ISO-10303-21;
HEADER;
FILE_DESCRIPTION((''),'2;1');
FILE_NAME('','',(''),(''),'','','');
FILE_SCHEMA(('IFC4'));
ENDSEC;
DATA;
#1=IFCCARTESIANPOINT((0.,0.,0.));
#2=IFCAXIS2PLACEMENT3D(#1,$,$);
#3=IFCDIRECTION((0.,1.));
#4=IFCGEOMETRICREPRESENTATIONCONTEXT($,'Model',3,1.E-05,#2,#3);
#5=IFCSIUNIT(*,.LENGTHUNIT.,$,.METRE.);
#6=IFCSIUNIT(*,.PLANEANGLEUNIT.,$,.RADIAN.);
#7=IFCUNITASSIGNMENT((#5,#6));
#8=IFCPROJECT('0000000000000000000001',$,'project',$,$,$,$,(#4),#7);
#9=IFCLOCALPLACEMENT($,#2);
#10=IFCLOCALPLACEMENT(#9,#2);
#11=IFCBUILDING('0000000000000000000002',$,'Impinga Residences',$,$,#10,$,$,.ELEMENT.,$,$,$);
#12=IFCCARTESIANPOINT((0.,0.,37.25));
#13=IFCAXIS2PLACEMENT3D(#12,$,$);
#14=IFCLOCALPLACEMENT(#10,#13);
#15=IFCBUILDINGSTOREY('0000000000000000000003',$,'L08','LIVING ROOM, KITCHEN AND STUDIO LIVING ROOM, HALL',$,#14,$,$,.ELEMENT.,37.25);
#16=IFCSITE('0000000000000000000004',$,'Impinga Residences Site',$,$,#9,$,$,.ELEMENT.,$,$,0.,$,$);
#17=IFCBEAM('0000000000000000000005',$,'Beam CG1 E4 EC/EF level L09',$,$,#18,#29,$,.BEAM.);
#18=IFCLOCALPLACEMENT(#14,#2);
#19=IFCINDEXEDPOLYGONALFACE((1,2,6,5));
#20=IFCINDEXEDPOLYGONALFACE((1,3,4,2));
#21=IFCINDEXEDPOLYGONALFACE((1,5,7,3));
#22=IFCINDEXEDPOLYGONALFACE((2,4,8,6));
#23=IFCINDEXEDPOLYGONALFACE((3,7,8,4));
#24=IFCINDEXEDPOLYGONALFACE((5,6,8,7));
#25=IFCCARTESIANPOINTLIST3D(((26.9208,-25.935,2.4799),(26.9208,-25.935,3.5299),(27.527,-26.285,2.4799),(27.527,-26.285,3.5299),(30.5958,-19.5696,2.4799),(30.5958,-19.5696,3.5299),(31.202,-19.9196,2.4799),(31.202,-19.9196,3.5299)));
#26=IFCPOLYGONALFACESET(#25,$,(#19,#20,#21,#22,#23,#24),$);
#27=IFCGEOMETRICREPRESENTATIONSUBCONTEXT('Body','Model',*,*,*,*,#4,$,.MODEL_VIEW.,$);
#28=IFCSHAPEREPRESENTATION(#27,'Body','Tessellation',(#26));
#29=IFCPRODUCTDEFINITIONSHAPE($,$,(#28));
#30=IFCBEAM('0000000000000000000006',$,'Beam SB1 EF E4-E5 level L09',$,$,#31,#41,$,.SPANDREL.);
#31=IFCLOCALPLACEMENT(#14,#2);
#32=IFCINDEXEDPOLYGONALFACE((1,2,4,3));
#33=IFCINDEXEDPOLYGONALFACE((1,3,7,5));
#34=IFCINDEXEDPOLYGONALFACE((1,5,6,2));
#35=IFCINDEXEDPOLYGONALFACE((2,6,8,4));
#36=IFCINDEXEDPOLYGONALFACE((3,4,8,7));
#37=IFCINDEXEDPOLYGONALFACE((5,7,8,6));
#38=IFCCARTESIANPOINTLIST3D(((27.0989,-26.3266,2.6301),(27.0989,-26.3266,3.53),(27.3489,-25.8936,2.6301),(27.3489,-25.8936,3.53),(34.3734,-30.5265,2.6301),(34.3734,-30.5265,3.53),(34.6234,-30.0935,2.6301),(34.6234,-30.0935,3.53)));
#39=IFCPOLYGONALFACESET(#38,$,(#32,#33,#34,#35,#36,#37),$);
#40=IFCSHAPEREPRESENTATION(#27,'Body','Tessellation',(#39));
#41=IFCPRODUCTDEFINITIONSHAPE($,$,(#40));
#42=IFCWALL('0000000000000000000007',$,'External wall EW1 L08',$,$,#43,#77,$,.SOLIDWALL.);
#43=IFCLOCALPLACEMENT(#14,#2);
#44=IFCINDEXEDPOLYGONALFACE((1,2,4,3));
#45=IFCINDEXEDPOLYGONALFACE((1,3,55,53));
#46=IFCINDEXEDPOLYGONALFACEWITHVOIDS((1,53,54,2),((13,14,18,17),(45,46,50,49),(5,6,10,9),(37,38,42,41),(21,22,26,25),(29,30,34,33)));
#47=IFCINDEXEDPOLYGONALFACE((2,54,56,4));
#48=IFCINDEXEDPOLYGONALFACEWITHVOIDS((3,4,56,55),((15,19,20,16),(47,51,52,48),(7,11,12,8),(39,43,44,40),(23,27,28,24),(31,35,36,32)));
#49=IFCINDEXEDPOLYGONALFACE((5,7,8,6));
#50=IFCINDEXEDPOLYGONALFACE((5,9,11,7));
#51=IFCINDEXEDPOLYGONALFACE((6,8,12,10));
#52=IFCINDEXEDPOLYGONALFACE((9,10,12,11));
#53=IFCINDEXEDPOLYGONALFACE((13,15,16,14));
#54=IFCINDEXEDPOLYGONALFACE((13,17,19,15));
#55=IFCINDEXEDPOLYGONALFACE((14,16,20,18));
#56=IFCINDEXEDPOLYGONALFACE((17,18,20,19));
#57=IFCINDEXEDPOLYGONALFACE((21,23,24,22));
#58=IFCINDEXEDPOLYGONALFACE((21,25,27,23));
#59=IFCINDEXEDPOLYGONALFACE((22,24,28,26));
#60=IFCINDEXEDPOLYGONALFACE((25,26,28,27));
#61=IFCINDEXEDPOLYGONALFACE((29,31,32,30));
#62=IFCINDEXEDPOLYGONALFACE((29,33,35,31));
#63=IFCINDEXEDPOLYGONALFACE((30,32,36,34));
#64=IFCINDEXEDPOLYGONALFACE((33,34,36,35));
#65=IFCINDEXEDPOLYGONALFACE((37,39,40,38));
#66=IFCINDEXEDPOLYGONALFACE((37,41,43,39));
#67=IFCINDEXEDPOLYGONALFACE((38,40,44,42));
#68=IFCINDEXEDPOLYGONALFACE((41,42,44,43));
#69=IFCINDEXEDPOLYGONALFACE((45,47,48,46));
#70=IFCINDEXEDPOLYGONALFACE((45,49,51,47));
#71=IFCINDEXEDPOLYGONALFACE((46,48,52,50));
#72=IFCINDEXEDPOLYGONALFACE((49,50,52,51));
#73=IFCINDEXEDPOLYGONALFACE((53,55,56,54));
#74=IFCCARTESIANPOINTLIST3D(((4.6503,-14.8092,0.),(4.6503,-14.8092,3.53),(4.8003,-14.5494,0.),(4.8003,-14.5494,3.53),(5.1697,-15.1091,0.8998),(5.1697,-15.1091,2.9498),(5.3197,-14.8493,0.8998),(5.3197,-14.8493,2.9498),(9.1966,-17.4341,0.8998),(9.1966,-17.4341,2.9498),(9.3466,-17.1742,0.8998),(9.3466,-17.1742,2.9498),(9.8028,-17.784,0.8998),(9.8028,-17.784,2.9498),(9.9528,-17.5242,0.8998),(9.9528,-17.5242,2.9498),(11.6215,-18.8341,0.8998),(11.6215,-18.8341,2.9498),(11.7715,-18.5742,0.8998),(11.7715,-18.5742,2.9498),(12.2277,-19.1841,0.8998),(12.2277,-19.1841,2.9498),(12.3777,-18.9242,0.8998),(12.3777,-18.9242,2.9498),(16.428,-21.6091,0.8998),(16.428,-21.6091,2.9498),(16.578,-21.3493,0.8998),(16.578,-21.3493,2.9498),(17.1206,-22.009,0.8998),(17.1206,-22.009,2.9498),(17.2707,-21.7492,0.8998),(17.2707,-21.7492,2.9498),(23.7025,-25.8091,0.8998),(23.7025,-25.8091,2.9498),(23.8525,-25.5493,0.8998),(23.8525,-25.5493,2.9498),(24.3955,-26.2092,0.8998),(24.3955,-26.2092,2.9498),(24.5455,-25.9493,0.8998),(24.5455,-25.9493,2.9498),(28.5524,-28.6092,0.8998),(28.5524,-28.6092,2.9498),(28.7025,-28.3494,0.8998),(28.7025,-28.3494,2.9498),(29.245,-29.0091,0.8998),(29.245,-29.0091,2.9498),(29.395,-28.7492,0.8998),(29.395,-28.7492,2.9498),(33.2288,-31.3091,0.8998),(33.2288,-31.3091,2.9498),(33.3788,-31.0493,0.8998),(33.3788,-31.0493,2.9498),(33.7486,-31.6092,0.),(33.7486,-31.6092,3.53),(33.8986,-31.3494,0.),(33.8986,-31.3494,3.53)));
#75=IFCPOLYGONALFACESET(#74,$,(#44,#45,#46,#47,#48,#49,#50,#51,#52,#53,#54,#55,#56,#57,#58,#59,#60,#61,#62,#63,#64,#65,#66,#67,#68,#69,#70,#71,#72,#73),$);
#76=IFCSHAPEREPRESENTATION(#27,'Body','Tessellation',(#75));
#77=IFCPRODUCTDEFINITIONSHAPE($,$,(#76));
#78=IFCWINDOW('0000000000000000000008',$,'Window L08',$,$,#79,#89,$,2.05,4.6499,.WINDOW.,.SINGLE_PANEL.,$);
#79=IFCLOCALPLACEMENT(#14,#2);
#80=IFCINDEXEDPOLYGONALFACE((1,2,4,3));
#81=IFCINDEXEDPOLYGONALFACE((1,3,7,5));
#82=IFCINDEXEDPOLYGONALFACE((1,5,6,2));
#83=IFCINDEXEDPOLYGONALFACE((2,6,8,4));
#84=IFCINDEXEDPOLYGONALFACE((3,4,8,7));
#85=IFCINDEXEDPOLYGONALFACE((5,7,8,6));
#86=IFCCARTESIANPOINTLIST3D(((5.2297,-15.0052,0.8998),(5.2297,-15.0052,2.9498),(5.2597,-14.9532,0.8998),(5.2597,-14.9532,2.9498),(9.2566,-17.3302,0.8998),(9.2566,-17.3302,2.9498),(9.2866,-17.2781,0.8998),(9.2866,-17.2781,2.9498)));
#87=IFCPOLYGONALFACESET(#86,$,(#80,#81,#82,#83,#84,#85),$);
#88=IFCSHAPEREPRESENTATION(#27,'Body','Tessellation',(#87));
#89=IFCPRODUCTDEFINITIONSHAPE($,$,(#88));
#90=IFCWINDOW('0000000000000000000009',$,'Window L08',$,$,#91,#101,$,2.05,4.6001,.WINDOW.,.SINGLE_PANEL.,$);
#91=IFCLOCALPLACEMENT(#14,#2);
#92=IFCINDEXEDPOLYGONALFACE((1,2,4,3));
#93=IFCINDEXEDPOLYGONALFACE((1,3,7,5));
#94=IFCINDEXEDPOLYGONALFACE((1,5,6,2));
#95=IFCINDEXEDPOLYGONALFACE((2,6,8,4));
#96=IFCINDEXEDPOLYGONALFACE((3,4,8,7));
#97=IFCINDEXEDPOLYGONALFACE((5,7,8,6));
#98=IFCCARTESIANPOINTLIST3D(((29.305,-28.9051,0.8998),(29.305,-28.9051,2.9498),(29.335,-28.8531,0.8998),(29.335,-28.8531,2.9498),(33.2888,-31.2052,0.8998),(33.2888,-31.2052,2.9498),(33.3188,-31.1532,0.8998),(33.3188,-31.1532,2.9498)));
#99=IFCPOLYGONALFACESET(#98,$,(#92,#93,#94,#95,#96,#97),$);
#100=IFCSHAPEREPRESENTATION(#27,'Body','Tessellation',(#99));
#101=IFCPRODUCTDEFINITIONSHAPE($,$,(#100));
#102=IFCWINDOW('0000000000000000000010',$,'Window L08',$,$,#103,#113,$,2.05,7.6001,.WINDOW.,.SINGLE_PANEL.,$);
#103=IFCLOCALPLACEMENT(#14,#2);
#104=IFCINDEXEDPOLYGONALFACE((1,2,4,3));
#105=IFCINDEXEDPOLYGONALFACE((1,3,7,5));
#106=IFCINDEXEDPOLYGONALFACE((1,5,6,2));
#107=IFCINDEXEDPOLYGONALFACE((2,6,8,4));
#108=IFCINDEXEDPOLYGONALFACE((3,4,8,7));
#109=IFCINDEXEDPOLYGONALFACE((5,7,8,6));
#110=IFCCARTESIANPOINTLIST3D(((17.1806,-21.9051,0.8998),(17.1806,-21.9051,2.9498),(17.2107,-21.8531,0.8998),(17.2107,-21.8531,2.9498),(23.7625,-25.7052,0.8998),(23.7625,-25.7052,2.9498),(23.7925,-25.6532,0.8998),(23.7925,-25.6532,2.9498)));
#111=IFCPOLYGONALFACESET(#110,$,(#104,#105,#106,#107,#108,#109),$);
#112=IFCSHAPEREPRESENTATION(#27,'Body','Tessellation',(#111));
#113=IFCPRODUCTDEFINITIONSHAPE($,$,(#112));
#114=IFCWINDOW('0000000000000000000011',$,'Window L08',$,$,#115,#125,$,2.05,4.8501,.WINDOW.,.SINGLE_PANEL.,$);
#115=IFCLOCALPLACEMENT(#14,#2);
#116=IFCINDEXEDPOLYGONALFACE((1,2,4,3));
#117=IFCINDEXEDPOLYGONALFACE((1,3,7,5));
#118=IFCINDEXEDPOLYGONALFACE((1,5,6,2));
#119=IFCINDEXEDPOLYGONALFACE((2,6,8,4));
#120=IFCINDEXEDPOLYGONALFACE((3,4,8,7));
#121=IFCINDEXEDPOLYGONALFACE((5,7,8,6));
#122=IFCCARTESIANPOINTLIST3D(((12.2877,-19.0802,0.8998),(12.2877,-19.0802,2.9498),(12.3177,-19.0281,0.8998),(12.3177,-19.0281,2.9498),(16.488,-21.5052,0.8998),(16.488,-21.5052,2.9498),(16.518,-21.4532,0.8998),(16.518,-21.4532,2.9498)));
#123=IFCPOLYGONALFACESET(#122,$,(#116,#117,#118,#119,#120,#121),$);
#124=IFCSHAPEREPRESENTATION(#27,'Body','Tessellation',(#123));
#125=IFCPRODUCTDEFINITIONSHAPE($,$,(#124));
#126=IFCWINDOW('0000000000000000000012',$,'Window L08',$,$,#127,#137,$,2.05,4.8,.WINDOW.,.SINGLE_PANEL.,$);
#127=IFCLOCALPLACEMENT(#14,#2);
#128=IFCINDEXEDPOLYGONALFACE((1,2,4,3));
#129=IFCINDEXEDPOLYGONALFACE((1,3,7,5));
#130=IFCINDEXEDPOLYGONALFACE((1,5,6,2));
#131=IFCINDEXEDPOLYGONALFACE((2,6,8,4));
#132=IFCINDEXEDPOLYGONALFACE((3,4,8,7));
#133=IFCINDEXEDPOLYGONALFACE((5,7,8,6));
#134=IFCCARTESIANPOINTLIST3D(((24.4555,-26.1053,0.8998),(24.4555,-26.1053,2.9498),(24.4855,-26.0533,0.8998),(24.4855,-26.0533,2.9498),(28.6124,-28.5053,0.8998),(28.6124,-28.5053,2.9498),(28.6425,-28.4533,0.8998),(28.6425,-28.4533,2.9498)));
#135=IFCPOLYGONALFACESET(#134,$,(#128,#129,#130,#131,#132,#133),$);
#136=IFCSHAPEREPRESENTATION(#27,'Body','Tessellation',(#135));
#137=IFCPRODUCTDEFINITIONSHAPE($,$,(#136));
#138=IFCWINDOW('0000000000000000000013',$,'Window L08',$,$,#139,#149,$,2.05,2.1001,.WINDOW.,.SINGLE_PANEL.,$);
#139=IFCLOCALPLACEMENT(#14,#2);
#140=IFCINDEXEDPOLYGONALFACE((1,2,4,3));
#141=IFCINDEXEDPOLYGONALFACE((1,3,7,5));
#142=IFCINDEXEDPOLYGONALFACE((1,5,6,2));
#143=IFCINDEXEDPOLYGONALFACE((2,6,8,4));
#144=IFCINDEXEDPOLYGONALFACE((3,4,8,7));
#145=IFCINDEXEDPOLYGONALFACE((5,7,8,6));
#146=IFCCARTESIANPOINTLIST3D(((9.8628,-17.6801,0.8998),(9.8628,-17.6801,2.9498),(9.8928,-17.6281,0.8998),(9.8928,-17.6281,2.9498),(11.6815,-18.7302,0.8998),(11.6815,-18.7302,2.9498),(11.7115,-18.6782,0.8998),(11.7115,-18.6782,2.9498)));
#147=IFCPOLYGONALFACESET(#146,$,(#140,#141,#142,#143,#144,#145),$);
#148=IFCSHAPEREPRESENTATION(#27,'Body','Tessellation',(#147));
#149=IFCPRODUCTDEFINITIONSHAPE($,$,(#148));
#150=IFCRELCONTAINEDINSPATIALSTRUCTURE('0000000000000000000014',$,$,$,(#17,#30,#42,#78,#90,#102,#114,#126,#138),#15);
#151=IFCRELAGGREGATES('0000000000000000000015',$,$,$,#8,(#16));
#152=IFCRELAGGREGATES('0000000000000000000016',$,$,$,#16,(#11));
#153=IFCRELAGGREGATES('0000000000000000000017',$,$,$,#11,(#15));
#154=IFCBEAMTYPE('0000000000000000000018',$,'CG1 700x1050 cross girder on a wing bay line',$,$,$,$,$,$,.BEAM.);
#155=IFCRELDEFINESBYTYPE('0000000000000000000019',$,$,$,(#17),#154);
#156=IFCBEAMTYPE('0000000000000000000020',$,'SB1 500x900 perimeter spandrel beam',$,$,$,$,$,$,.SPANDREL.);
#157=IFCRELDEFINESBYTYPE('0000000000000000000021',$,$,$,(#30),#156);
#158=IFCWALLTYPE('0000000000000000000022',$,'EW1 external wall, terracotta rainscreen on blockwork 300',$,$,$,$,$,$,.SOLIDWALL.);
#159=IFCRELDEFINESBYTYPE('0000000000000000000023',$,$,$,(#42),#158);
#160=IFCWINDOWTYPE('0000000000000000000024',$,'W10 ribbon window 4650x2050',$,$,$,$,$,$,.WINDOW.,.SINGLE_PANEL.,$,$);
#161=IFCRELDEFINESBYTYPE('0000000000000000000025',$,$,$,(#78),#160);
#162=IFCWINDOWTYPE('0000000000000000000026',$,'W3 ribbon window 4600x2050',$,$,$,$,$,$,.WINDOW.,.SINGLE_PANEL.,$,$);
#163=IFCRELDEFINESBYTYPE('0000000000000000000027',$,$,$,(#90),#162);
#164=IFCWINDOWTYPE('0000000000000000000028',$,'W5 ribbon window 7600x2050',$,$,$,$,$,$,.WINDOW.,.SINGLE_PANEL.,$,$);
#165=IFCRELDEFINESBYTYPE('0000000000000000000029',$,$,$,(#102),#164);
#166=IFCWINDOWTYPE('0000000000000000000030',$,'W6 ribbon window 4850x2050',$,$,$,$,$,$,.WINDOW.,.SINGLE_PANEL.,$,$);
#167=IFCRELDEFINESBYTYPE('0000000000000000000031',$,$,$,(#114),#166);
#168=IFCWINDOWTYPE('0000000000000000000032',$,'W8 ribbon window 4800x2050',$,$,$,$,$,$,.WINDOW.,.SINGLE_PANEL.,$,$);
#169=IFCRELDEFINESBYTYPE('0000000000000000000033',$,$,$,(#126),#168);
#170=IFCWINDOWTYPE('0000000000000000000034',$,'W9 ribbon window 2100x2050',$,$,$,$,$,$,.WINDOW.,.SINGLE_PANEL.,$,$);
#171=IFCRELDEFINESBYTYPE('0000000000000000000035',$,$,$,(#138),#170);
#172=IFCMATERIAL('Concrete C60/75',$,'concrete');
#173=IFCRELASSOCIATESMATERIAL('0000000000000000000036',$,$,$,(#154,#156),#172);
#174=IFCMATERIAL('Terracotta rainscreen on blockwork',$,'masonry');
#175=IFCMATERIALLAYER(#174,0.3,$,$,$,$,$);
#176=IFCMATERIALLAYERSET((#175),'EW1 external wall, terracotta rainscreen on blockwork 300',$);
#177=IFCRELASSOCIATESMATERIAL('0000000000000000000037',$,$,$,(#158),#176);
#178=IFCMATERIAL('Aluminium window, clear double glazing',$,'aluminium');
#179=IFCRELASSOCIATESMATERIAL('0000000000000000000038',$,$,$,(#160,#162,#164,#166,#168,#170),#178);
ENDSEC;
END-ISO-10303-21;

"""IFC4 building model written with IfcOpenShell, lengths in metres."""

from ifc_helpers import new_model, si_unit, direction, frame, frame_2d, origin, origin_2d, place, context, subcontext, project, spatial, rectangle, extrude, material, layer, layer_set, material_profile, profile_set, type_object, element, fill, save


model = new_model("IFC4")

# Units and contexts
model_context = context("Model", 3, precision=1e-05, world=origin(), true_north=direction((0.0, 1.0)))
body_context = subcontext(model_context, "Body", "Model", "MODEL_VIEW")
ifc_project = project(units=[si_unit("LENGTHUNIT", "METRE"), si_unit("PLANEANGLEUNIT", "RADIAN")], contexts=[model_context])

# Site, building, storey
site_placement = place(None, origin())
site = spatial("IfcSite", under=ifc_project, at=site_placement, Name="Impinga Residences Site", CompositionType="ELEMENT", RefElevation=0.0)
building_placement = place(site_placement, origin())
building = spatial("IfcBuilding", under=site, at=building_placement, Name="Impinga Residences", CompositionType="ELEMENT")
storey_placement = place(building_placement, frame((0.0, 0.0, 37.25)))
storey = spatial("IfcBuildingStorey", under=building, at=storey_placement, Name="L08", Description="LIVING ROOM, KITCHEN AND STUDIO LIVING ROOM, HALL", CompositionType="ELEMENT", Elevation=37.25)

# Beams
ifc_material_1 = material(Name="Concrete C60/75", Category="concrete")
ifc_material_profile_1 = material_profile(ifc_material_1, rectangle(XDim=0.7, YDim=1.05, at=origin_2d()), Name="RC 700x1050")
ifc_profile_set_1 = profile_set([ifc_material_profile_1], Name="Concrete C60/75")
beam_type_1 = type_object("IfcBeamType", Name="CG1 700x1050 cross girder on a wing bay line", PredefinedType="BEAM", material=ifc_profile_set_1)
beam_1_placement = place(storey_placement, frame((30.8989, -19.7446, 3.0049), z_axis=(-0.499994, -0.866029, 0.0), x_axis=(0.866029, -0.499994, 0.0)))
element("IfcBeam", 1, at=beam_1_placement, inside=storey, type_object=beam_type_1, Name="Beam CG1 E4 EC/EF level L09", PredefinedType="BEAM", context=body_context, shape_type="SweptSolid", body=[
    extrude(rectangle(XDim=0.7, YDim=1.05, at=origin_2d()), origin(), (0.0, 0.0, 1.0), 7.3501),
])
ifc_material_profile_2 = material_profile(ifc_material_1, rectangle(XDim=0.5, YDim=0.8999, at=origin_2d()), Name="RC 500x900")
ifc_profile_set_2 = profile_set([ifc_material_profile_2], Name="Concrete C60/75")
beam_type_2 = type_object("IfcBeamType", Name="SB1 500x900 perimeter spandrel beam", PredefinedType="SPANDREL", material=ifc_profile_set_2)
beam_2_placement = place(storey_placement, frame((27.2239, -26.1101, 3.0801), z_axis=(0.866029, -0.499993, 0.0), x_axis=(0.499993, 0.866029, 0.0)))
element("IfcBeam", 2, at=beam_2_placement, inside=storey, type_object=beam_type_2, Name="Beam SB1 EF E4-E5 level L09", PredefinedType="SPANDREL", context=body_context, shape_type="SweptSolid", body=[
    extrude(rectangle(XDim=0.5, YDim=0.8999, at=origin_2d()), origin(), (0.0, 0.0, 1.0), 8.3999),
])

# Wall, openings, windows
ifc_material_2 = material(Name="Terracotta rainscreen on blockwork", Category="masonry")
ifc_layer_1 = layer(ifc_material_2, 0.3)
ifc_layer_set_1 = layer_set([ifc_layer_1], Name="EW1 external wall, terracotta rainscreen on blockwork 300")
wall_type_1 = type_object("IfcWallType", Name="EW1 external wall, terracotta rainscreen on blockwork 300", PredefinedType="SOLIDWALL", material=ifc_layer_set_1)
wall_1_placement = place(storey_placement, frame((33.8235, -31.4792, 0.0), z_axis=(0.0, 0.0, 1.0), x_axis=(-0.866024, 0.500002, 0.0)))
wall_1 = element("IfcWall", 3, at=wall_1_placement, inside=storey, type_object=wall_type_1, Name="External wall EW1 L08", PredefinedType="SOLIDWALL", context=body_context, shape_type="SweptSolid", body=[
    extrude(rectangle(XDim=33.5999, YDim=0.3, at=frame_2d((16.7998, 0.0))), origin(), (0.0, 0.0, 1.0), 3.53),
])
opening_1_placement = place(wall_1_placement, frame((0.6001, 0.0, 0.8999)))
opening_1 = element("IfcOpeningElement", 4, at=opening_1_placement, cuts=wall_1, PredefinedType="OPENING", context=body_context, shape_type="SweptSolid", body=[
    extrude(rectangle(XDim=4.6001, YDim=2.05, at=frame_2d((2.3, 1.0249))), frame((0.0, 0.1599, 0.0), z_axis=(0.0, -1.0, 0.0), x_axis=(1.0, 0.0, 0.0)), (0.0, 0.0, 1.0), 0.3201),
])
opening_2_placement = place(wall_1_placement, frame((6.0, 0.0, 0.8999)))
opening_2 = element("IfcOpeningElement", 5, at=opening_2_placement, cuts=wall_1, PredefinedType="OPENING", context=body_context, shape_type="SweptSolid", body=[
    extrude(rectangle(XDim=4.8, YDim=2.05, at=frame_2d((2.3999, 1.0249))), frame((0.0, 0.1599, 0.0), z_axis=(0.0, -1.0, 0.0), x_axis=(1.0, 0.0, 0.0)), (0.0, 0.0, 1.0), 0.3201),
])
opening_3_placement = place(wall_1_placement, frame((11.6001, 0.0, 0.8999)))
opening_3 = element("IfcOpeningElement", 6, at=opening_3_placement, cuts=wall_1, PredefinedType="OPENING", context=body_context, shape_type="SweptSolid", body=[
    extrude(rectangle(XDim=7.6001, YDim=2.05, at=frame_2d((3.8, 1.0249))), frame((0.0, 0.1599, 0.0), z_axis=(0.0, -1.0, 0.0), x_axis=(1.0, 0.0, 0.0)), (0.0, 0.0, 1.0), 0.3201),
])
opening_4_placement = place(wall_1_placement, frame((20.0, 0.0, 0.8999)))
opening_4 = element("IfcOpeningElement", 7, at=opening_4_placement, cuts=wall_1, PredefinedType="OPENING", context=body_context, shape_type="SweptSolid", body=[
    extrude(rectangle(XDim=4.8501, YDim=2.05, at=frame_2d((2.425, 1.0249))), frame((0.0, 0.1599, 0.0), z_axis=(0.0, -1.0, 0.0), x_axis=(1.0, 0.0, 0.0)), (0.0, 0.0, 1.0), 0.3201),
])
opening_5_placement = place(wall_1_placement, frame((25.55, 0.0, 0.8999)))
opening_5 = element("IfcOpeningElement", 8, at=opening_5_placement, cuts=wall_1, PredefinedType="OPENING", context=body_context, shape_type="SweptSolid", body=[
    extrude(rectangle(XDim=2.1001, YDim=2.05, at=frame_2d((1.05, 1.0249))), frame((0.0, 0.1599, 0.0), z_axis=(0.0, -1.0, 0.0), x_axis=(1.0, 0.0, 0.0)), (0.0, 0.0, 1.0), 0.3201),
])
opening_6_placement = place(wall_1_placement, frame((28.3501, 0.0, 0.8999)))
opening_6 = element("IfcOpeningElement", 9, at=opening_6_placement, cuts=wall_1, PredefinedType="OPENING", context=body_context, shape_type="SweptSolid", body=[
    extrude(rectangle(XDim=4.6499, YDim=2.05, at=frame_2d((2.325, 1.0249))), frame((0.0, 0.1599, 0.0), z_axis=(0.0, -1.0, 0.0), x_axis=(1.0, 0.0, 0.0)), (0.0, 0.0, 1.0), 0.3201),
])
ifc_material_3 = material(Name="Aluminium window, clear double glazing", Category="aluminium")
window_type_1 = type_object("IfcWindowType", Name="W10 ribbon window 4650x2050", PartitioningType="SINGLE_PANEL", PredefinedType="WINDOW", material=ifc_material_3)
window_1_placement = place(opening_6_placement, origin())
window_1 = element("IfcWindow", 10, at=window_1_placement, inside=storey, type_object=window_type_1, Name="Window L08", OverallHeight=2.05, OverallWidth=4.6499, PartitioningType="SINGLE_PANEL", PredefinedType="WINDOW", context=body_context, shape_type="SweptSolid", body=[
    extrude(rectangle(XDim=4.6499, YDim=2.05, at=frame_2d((2.325, 1.0249))), frame((0.0, 0.03, 0.0), z_axis=(0.0, -1.0, 0.0), x_axis=(1.0, 0.0, 0.0)), (0.0, 0.0, 1.0), 0.0601),
])
fill(opening_6, window_1)
window_type_2 = type_object("IfcWindowType", Name="W3 ribbon window 4600x2050", PartitioningType="SINGLE_PANEL", PredefinedType="WINDOW", material=ifc_material_3)
window_2_placement = place(opening_1_placement, origin())
window_2 = element("IfcWindow", 11, at=window_2_placement, inside=storey, type_object=window_type_2, Name="Window L08", OverallHeight=2.05, OverallWidth=4.6001, PartitioningType="SINGLE_PANEL", PredefinedType="WINDOW", context=body_context, shape_type="SweptSolid", body=[
    extrude(rectangle(XDim=4.6001, YDim=2.05, at=frame_2d((2.3, 1.0249))), frame((0.0, 0.03, 0.0), z_axis=(0.0, -1.0, 0.0), x_axis=(1.0, 0.0, 0.0)), (0.0, 0.0, 1.0), 0.0601),
])
fill(opening_1, window_2)
window_type_3 = type_object("IfcWindowType", Name="W5 ribbon window 7600x2050", PartitioningType="SINGLE_PANEL", PredefinedType="WINDOW", material=ifc_material_3)
window_3_placement = place(opening_3_placement, origin())
window_3 = element("IfcWindow", 12, at=window_3_placement, inside=storey, type_object=window_type_3, Name="Window L08", OverallHeight=2.05, OverallWidth=7.6001, PartitioningType="SINGLE_PANEL", PredefinedType="WINDOW", context=body_context, shape_type="SweptSolid", body=[
    extrude(rectangle(XDim=7.6001, YDim=2.05, at=frame_2d((3.8, 1.0249))), frame((0.0, 0.03, 0.0), z_axis=(0.0, -1.0, 0.0), x_axis=(1.0, 0.0, 0.0)), (0.0, 0.0, 1.0), 0.0601),
])
fill(opening_3, window_3)
window_type_4 = type_object("IfcWindowType", Name="W6 ribbon window 4850x2050", PartitioningType="SINGLE_PANEL", PredefinedType="WINDOW", material=ifc_material_3)
window_4_placement = place(opening_4_placement, origin())
window_4 = element("IfcWindow", 13, at=window_4_placement, inside=storey, type_object=window_type_4, Name="Window L08", OverallHeight=2.05, OverallWidth=4.8501, PartitioningType="SINGLE_PANEL", PredefinedType="WINDOW", context=body_context, shape_type="SweptSolid", body=[
    extrude(rectangle(XDim=4.8501, YDim=2.05, at=frame_2d((2.425, 1.0249))), frame((0.0, 0.03, 0.0), z_axis=(0.0, -1.0, 0.0), x_axis=(1.0, 0.0, 0.0)), (0.0, 0.0, 1.0), 0.0601),
])
fill(opening_4, window_4)
window_type_5 = type_object("IfcWindowType", Name="W8 ribbon window 4800x2050", PartitioningType="SINGLE_PANEL", PredefinedType="WINDOW", material=ifc_material_3)
window_5_placement = place(opening_2_placement, origin())
window_5 = element("IfcWindow", 14, at=window_5_placement, inside=storey, type_object=window_type_5, Name="Window L08", OverallHeight=2.05, OverallWidth=4.8, PartitioningType="SINGLE_PANEL", PredefinedType="WINDOW", context=body_context, shape_type="SweptSolid", body=[
    extrude(rectangle(XDim=4.8, YDim=2.05, at=frame_2d((2.3999, 1.0249))), frame((0.0, 0.03, 0.0), z_axis=(0.0, -1.0, 0.0), x_axis=(1.0, 0.0, 0.0)), (0.0, 0.0, 1.0), 0.0601),
])
fill(opening_2, window_5)
window_type_6 = type_object("IfcWindowType", Name="W9 ribbon window 2100x2050", PartitioningType="SINGLE_PANEL", PredefinedType="WINDOW", material=ifc_material_3)
window_6_placement = place(opening_5_placement, origin())
window_6 = element("IfcWindow", 15, at=window_6_placement, inside=storey, type_object=window_type_6, Name="Window L08", OverallHeight=2.05, OverallWidth=2.1001, PartitioningType="SINGLE_PANEL", PredefinedType="WINDOW", context=body_context, shape_type="SweptSolid", body=[
    extrude(rectangle(XDim=2.1001, YDim=2.05, at=frame_2d((1.05, 1.0249))), frame((0.0, 0.03, 0.0), z_axis=(0.0, -1.0, 0.0), x_axis=(1.0, 0.0, 0.0)), (0.0, 0.0, 1.0), 0.0601),
])
fill(opening_5, window_6)

save(model, "model.ifc")
